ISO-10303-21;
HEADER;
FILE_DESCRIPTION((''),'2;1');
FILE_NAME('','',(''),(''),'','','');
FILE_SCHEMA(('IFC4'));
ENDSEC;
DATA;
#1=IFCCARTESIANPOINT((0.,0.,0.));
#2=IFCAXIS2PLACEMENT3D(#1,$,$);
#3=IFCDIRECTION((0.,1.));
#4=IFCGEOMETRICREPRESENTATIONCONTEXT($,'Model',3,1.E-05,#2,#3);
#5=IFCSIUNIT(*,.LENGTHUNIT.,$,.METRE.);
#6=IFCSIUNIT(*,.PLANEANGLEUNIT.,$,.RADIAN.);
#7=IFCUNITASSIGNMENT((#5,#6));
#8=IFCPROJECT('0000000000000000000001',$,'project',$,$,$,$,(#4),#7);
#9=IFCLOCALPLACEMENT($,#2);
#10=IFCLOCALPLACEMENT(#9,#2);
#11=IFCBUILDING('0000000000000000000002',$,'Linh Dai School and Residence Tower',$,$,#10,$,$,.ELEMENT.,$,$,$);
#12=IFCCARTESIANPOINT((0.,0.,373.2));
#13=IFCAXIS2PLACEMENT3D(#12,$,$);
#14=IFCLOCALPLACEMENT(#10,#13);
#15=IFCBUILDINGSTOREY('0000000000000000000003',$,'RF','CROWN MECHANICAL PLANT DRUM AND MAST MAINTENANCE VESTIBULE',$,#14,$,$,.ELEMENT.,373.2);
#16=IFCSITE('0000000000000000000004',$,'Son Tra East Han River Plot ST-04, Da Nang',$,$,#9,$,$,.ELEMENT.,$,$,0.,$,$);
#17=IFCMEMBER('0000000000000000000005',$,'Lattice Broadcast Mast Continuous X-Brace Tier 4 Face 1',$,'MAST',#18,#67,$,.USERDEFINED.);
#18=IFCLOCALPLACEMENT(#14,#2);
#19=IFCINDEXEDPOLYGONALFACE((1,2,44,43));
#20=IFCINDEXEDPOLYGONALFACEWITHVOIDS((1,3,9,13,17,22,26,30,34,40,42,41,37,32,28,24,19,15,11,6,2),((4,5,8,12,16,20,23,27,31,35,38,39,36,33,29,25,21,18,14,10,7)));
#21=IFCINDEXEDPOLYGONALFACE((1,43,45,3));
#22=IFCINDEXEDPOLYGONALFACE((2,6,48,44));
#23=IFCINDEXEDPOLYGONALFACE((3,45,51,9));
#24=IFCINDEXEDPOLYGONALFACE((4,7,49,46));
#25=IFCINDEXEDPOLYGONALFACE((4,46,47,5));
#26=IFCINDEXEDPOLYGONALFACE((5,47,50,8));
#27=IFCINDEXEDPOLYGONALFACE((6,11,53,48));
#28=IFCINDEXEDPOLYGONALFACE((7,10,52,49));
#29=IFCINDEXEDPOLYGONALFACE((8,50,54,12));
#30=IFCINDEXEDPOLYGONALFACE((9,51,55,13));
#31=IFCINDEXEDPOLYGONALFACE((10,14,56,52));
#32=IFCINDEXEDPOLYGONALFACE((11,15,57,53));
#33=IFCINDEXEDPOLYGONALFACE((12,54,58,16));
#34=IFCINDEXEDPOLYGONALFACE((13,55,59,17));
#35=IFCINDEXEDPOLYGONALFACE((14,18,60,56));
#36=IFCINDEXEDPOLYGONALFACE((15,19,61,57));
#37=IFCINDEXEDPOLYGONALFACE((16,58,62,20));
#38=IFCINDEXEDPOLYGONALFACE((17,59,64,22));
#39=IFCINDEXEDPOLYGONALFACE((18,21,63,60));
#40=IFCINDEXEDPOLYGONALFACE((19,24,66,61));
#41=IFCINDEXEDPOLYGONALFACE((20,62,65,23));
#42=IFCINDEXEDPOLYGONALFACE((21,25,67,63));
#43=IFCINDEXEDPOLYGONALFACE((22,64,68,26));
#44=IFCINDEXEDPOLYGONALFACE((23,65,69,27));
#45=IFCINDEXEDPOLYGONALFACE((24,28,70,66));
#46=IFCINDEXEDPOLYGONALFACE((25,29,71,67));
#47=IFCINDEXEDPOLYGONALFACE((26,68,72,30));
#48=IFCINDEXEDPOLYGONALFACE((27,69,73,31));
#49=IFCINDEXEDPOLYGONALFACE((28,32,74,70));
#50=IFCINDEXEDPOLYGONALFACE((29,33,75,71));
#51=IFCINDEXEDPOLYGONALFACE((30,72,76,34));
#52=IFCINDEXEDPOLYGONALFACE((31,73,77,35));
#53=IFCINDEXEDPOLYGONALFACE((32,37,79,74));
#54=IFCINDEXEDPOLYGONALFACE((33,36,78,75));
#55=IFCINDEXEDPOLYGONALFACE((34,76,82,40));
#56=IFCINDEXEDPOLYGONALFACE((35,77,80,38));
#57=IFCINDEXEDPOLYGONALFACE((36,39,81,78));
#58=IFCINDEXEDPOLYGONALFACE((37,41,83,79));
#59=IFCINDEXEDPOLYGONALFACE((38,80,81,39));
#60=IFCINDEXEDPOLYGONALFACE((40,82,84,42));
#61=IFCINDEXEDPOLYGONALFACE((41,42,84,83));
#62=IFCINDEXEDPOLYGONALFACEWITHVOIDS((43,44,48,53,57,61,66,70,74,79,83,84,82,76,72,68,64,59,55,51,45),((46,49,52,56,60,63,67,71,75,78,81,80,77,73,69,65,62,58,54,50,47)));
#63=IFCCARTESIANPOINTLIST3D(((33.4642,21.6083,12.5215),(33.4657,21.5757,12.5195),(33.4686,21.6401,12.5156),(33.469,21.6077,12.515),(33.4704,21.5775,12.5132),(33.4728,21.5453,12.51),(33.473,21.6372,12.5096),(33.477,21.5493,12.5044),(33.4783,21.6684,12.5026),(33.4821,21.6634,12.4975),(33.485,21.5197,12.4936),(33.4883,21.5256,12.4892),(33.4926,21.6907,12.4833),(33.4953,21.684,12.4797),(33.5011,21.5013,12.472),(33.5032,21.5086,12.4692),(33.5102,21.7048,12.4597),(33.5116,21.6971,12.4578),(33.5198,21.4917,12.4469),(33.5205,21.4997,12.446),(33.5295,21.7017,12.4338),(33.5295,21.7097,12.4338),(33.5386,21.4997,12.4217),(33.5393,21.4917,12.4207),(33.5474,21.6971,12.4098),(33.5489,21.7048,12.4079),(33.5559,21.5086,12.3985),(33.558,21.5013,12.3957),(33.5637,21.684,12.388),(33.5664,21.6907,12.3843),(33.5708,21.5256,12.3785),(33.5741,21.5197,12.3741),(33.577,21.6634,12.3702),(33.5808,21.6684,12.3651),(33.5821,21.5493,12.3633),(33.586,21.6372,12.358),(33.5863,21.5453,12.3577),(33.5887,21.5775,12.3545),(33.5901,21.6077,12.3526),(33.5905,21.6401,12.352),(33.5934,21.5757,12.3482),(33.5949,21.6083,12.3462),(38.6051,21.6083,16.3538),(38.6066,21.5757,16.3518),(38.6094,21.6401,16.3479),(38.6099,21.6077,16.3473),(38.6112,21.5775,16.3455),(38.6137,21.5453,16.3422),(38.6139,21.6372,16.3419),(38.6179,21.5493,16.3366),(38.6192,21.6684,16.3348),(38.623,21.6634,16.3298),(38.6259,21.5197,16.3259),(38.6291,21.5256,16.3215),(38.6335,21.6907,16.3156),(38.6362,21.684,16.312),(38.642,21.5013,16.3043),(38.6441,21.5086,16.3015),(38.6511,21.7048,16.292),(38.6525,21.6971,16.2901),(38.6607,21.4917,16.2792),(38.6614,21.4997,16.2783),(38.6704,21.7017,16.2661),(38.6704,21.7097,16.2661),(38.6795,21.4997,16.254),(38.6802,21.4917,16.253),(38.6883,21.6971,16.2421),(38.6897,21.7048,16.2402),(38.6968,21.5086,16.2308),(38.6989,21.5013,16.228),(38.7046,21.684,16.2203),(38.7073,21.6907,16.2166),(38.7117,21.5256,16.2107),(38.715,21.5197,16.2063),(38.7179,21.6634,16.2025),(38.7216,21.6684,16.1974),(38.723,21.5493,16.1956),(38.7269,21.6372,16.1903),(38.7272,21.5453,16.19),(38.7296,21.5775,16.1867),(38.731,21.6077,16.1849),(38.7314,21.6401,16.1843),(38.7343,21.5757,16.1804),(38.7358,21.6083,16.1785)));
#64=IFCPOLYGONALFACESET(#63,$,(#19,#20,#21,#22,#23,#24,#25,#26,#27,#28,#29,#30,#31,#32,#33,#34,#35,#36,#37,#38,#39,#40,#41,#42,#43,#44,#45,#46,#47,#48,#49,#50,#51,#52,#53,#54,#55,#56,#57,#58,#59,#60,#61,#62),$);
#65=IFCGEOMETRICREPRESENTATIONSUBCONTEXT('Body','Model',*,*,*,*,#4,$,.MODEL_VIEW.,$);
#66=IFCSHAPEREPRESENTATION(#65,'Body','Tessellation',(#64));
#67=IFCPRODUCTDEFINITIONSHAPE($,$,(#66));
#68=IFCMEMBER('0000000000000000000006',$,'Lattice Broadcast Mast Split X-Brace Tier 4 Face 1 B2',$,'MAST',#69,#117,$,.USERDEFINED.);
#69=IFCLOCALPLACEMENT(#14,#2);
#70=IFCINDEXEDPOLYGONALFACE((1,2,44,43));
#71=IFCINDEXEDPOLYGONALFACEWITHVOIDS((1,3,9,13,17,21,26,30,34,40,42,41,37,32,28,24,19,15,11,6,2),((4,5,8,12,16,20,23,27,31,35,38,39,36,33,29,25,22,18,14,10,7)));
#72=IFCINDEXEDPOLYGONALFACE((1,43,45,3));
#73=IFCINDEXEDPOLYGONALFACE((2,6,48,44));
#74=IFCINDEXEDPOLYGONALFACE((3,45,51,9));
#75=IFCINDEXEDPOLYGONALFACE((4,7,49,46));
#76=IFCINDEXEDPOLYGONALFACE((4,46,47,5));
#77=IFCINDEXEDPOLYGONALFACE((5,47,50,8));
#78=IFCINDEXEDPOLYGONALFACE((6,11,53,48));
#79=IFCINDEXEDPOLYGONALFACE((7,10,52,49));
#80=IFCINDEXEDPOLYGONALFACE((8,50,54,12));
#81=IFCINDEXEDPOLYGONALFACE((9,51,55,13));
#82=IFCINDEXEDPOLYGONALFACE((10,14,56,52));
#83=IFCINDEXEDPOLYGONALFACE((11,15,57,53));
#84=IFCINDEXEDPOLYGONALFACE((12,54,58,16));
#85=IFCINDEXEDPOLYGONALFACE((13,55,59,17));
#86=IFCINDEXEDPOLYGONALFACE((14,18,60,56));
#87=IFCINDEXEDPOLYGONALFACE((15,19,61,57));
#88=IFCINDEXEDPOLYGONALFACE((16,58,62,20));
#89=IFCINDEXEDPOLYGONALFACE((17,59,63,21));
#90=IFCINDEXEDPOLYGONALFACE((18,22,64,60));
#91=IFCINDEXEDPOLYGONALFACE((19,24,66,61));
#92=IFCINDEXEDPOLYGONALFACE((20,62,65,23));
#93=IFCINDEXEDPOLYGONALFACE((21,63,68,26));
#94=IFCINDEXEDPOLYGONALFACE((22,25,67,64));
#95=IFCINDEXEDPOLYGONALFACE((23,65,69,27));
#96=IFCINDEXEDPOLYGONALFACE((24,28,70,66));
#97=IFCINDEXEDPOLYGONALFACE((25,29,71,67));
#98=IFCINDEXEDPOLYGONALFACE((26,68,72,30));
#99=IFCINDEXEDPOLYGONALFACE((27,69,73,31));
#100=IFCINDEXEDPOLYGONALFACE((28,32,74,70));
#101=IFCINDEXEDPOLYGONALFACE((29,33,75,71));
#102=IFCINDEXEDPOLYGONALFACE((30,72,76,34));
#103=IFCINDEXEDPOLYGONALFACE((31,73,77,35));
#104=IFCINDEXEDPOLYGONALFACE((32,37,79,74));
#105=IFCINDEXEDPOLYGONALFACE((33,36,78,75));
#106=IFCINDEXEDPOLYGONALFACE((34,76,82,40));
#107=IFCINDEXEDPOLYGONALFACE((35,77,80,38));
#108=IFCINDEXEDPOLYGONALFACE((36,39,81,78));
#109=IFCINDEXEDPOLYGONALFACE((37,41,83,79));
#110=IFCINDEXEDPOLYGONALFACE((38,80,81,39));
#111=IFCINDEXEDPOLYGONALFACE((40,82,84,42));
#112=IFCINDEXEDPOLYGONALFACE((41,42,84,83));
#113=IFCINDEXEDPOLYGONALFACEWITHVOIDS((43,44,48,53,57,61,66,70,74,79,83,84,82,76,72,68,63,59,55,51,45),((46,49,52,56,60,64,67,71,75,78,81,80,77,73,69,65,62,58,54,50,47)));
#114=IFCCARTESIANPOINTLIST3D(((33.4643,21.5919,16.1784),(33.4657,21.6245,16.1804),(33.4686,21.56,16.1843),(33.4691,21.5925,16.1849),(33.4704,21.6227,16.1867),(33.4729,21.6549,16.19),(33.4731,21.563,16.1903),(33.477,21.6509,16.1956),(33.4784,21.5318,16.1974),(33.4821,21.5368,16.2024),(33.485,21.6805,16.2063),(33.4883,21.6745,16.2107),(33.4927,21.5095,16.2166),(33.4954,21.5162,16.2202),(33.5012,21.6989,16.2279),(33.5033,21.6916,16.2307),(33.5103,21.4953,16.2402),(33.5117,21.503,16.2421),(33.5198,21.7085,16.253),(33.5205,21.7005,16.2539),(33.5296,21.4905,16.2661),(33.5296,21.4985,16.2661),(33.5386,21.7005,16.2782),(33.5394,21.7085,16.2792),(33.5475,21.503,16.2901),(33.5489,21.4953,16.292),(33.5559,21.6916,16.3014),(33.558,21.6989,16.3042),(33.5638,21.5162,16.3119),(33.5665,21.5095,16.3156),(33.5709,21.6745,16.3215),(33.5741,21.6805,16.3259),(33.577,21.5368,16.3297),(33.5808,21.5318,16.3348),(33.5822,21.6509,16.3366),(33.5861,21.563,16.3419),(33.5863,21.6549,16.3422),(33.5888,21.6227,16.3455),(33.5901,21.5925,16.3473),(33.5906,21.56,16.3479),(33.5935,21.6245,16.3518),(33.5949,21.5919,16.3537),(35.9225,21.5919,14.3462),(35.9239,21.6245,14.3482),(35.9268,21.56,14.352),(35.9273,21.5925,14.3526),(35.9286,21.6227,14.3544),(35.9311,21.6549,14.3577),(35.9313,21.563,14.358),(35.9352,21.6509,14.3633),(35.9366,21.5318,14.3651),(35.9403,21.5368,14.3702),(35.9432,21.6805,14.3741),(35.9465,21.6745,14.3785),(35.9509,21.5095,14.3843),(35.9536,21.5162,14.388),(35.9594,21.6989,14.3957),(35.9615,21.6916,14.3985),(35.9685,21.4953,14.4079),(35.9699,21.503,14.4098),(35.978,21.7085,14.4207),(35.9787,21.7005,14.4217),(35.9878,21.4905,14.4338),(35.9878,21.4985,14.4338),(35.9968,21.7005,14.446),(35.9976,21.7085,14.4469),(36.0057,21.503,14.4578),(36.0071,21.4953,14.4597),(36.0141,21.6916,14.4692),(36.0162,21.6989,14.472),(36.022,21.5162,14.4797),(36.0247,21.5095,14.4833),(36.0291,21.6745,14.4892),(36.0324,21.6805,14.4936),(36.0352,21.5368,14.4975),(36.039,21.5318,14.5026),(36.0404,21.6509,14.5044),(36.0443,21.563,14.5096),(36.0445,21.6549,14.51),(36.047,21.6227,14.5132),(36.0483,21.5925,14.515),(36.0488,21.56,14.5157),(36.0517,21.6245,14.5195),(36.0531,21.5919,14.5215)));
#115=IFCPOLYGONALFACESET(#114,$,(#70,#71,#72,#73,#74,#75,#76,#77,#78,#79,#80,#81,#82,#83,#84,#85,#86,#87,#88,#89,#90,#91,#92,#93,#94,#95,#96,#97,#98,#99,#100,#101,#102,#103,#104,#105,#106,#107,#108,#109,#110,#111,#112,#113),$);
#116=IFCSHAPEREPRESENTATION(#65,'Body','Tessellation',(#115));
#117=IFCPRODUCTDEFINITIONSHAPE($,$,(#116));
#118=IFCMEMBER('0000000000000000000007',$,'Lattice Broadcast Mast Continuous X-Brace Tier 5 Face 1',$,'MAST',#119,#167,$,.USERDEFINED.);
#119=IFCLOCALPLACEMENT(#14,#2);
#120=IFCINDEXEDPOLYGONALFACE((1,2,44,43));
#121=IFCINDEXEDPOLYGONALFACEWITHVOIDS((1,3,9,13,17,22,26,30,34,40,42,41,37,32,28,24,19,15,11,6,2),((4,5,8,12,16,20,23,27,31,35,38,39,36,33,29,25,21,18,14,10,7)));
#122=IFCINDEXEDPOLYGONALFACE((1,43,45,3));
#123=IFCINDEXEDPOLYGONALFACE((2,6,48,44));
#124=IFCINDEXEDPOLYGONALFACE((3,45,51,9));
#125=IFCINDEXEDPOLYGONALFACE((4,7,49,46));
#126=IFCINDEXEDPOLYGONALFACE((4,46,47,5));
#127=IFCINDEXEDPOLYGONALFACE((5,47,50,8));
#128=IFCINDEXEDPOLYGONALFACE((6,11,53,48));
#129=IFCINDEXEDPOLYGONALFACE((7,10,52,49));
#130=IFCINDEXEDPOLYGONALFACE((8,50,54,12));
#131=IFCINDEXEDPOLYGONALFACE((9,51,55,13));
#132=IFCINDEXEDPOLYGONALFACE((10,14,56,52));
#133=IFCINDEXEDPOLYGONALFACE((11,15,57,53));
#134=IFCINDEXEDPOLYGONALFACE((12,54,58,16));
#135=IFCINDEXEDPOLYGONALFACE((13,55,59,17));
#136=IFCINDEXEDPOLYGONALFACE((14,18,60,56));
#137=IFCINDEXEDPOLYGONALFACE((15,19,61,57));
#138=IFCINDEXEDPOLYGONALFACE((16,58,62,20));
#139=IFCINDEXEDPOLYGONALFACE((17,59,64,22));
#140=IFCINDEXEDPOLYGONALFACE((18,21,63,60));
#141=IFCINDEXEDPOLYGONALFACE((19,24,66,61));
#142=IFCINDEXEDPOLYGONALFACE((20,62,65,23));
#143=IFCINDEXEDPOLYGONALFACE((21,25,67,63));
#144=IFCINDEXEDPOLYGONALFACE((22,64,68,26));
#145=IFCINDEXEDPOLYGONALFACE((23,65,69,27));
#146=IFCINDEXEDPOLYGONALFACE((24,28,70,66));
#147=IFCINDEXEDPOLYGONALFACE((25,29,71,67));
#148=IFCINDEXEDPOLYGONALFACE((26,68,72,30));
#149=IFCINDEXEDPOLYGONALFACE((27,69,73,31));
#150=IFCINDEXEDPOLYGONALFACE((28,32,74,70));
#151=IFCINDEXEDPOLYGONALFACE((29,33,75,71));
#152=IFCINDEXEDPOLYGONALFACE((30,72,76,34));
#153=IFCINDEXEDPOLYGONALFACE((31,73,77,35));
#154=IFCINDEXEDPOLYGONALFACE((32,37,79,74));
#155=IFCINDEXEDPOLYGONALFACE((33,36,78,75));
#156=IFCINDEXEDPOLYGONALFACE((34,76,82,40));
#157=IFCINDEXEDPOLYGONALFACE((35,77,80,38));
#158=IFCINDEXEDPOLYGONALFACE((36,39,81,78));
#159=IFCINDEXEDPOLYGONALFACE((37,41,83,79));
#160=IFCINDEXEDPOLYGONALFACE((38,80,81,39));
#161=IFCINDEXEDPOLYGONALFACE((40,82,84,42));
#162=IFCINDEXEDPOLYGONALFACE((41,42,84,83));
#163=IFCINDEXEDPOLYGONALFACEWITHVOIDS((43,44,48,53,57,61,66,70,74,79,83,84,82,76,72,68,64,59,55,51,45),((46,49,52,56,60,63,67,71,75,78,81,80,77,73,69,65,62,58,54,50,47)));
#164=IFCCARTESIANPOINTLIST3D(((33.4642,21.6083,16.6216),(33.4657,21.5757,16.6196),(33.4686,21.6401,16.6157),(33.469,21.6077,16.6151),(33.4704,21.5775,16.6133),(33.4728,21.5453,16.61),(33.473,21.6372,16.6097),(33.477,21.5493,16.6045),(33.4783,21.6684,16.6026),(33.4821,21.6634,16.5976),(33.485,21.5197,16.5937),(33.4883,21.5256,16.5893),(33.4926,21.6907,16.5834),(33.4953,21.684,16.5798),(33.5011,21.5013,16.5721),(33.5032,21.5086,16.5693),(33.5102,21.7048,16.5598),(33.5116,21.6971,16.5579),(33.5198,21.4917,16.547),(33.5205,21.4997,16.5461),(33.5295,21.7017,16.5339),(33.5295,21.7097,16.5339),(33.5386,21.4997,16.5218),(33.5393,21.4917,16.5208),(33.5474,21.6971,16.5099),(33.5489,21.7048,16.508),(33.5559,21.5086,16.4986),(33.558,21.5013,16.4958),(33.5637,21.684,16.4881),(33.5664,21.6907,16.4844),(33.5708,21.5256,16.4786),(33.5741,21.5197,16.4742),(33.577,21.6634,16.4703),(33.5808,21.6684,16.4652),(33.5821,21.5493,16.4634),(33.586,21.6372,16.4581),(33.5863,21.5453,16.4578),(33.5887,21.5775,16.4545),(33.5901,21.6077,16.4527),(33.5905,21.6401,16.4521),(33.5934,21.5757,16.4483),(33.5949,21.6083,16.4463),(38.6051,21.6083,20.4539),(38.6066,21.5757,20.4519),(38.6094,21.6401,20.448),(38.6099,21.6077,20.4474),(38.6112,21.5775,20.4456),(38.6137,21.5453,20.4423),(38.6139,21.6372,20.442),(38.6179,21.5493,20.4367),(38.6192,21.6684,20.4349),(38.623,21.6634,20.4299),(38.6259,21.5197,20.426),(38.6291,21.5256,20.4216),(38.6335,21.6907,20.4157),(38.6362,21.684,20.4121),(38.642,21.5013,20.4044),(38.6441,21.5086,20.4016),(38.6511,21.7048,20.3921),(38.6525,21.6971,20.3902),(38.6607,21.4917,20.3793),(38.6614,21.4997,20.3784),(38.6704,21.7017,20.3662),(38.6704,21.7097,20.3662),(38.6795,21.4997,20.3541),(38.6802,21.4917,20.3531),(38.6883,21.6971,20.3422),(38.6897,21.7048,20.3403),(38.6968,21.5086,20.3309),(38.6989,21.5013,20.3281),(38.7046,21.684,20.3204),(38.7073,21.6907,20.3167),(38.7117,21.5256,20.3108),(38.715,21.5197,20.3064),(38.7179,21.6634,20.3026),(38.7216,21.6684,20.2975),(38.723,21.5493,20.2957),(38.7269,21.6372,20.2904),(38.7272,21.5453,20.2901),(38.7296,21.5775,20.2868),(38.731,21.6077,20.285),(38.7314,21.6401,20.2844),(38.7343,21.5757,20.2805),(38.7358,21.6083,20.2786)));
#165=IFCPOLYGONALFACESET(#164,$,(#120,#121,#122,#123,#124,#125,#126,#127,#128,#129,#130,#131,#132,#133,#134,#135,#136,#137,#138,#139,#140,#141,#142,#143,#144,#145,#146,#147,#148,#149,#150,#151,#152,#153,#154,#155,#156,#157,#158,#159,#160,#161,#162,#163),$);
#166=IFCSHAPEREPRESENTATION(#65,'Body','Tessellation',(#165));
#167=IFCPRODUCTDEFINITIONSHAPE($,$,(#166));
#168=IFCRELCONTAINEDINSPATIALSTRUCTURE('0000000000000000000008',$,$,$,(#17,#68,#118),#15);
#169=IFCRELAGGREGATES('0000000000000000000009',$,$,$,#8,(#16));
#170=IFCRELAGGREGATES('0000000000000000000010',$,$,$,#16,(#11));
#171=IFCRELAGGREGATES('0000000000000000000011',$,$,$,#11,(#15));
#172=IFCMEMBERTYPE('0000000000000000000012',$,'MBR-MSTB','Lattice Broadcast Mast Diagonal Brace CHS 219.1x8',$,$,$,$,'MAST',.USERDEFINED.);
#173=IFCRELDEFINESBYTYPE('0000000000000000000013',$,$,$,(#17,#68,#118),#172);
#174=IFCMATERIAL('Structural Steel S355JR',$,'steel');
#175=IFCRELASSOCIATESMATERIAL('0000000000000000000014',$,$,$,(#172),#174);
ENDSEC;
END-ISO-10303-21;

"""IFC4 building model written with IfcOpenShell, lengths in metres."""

from ifc_helpers import new_model, si_unit, direction, frame, origin, origin_2d, place, context, subcontext, project, spatial, hollow_circle, extrude, material, material_profile, profile_set, type_object, element, save


model = new_model("IFC4")

# Units and contexts
model_context = context("Model", 3, precision=1e-05, world=origin(), true_north=direction((0.0, 1.0)))
body_context = subcontext(model_context, "Body", "Model", "MODEL_VIEW")
ifc_project = project(units=[si_unit("LENGTHUNIT", "METRE"), si_unit("PLANEANGLEUNIT", "RADIAN")], contexts=[model_context])

# Site, building, storey
site_placement = place(None, origin())
site = spatial("IfcSite", under=ifc_project, at=site_placement, Name="Son Tra East Han River Plot ST-04, Da Nang", CompositionType="ELEMENT", RefElevation=0.0)
building_placement = place(site_placement, origin())
building = spatial("IfcBuilding", under=site, at=building_placement, Name="Linh Dai School and Residence Tower", CompositionType="ELEMENT")
storey_placement = place(building_placement, frame((0.0, 0.0, 373.2)))
storey = spatial("IfcBuildingStorey", under=building, at=storey_placement, Name="RF", Description="CROWN MECHANICAL PLANT DRUM AND MAST MAINTENANCE VESTIBULE", CompositionType="ELEMENT", Elevation=373.2)

# Shared definitions
ifc_material_1 = material(Name="Structural Steel S355JR", Category="steel")

# Members
ifc_material_profile_1 = material_profile(ifc_material_1, hollow_circle(Radius=0.1096, WallThickness=0.0081, at=origin_2d()), Name="CHS 219.1x8")
ifc_profile_set_1 = profile_set([ifc_material_profile_1], Name="Structural Steel S355JR")
member_type = type_object("IfcMemberType", Name="MBR-MSTB", Description="Lattice Broadcast Mast Diagonal Brace CHS 219.1x8", ElementType="MAST", PredefinedType="USERDEFINED", material=ifc_profile_set_1)
member_1_placement = place(storey_placement, frame((33.5295, 21.6001, 12.4338), z_axis=(0.801747, 0.0, 0.597664), x_axis=(0.0, 1.0, 0.0)))
element("IfcMember", 1, at=member_1_placement, inside=storey, type_object=member_type, Name="Lattice Broadcast Mast Continuous X-Brace Tier 4 Face 1", ObjectType="MAST", PredefinedType="USERDEFINED", context=body_context, shape_type="SweptSolid", body=[
    extrude(hollow_circle(Radius=0.1096, WallThickness=0.0081, at=origin_2d()), origin(), (0.0, 0.0, 1.0), 6.4121),
])
member_2_placement = place(storey_placement, frame((35.9878, 21.6001, 14.4338), z_axis=(-0.801783, 0.0, 0.597615), x_axis=(0.0, -1.0, 0.0)))
element("IfcMember", 2, at=member_2_placement, inside=storey, type_object=member_type, Name="Lattice Broadcast Mast Split X-Brace Tier 4 Face 1 B2", ObjectType="MAST", PredefinedType="USERDEFINED", context=body_context, shape_type="SweptSolid", body=[
    extrude(hollow_circle(Radius=0.1096, WallThickness=0.0081, at=origin_2d()), origin(), (0.0, 0.0, 1.0), 3.0659),
])
member_3_placement = place(storey_placement, frame((33.5295, 21.6001, 16.5339), z_axis=(0.801747, 0.0, 0.597664), x_axis=(0.0, 1.0, 0.0)))
element("IfcMember", 3, at=member_3_placement, inside=storey, type_object=member_type, Name="Lattice Broadcast Mast Continuous X-Brace Tier 5 Face 1", ObjectType="MAST", PredefinedType="USERDEFINED", context=body_context, shape_type="SweptSolid", body=[
    extrude(hollow_circle(Radius=0.1096, WallThickness=0.0081, at=origin_2d()), origin(), (0.0, 0.0, 1.0), 6.4121),
])

save(model, "model.ifc")
